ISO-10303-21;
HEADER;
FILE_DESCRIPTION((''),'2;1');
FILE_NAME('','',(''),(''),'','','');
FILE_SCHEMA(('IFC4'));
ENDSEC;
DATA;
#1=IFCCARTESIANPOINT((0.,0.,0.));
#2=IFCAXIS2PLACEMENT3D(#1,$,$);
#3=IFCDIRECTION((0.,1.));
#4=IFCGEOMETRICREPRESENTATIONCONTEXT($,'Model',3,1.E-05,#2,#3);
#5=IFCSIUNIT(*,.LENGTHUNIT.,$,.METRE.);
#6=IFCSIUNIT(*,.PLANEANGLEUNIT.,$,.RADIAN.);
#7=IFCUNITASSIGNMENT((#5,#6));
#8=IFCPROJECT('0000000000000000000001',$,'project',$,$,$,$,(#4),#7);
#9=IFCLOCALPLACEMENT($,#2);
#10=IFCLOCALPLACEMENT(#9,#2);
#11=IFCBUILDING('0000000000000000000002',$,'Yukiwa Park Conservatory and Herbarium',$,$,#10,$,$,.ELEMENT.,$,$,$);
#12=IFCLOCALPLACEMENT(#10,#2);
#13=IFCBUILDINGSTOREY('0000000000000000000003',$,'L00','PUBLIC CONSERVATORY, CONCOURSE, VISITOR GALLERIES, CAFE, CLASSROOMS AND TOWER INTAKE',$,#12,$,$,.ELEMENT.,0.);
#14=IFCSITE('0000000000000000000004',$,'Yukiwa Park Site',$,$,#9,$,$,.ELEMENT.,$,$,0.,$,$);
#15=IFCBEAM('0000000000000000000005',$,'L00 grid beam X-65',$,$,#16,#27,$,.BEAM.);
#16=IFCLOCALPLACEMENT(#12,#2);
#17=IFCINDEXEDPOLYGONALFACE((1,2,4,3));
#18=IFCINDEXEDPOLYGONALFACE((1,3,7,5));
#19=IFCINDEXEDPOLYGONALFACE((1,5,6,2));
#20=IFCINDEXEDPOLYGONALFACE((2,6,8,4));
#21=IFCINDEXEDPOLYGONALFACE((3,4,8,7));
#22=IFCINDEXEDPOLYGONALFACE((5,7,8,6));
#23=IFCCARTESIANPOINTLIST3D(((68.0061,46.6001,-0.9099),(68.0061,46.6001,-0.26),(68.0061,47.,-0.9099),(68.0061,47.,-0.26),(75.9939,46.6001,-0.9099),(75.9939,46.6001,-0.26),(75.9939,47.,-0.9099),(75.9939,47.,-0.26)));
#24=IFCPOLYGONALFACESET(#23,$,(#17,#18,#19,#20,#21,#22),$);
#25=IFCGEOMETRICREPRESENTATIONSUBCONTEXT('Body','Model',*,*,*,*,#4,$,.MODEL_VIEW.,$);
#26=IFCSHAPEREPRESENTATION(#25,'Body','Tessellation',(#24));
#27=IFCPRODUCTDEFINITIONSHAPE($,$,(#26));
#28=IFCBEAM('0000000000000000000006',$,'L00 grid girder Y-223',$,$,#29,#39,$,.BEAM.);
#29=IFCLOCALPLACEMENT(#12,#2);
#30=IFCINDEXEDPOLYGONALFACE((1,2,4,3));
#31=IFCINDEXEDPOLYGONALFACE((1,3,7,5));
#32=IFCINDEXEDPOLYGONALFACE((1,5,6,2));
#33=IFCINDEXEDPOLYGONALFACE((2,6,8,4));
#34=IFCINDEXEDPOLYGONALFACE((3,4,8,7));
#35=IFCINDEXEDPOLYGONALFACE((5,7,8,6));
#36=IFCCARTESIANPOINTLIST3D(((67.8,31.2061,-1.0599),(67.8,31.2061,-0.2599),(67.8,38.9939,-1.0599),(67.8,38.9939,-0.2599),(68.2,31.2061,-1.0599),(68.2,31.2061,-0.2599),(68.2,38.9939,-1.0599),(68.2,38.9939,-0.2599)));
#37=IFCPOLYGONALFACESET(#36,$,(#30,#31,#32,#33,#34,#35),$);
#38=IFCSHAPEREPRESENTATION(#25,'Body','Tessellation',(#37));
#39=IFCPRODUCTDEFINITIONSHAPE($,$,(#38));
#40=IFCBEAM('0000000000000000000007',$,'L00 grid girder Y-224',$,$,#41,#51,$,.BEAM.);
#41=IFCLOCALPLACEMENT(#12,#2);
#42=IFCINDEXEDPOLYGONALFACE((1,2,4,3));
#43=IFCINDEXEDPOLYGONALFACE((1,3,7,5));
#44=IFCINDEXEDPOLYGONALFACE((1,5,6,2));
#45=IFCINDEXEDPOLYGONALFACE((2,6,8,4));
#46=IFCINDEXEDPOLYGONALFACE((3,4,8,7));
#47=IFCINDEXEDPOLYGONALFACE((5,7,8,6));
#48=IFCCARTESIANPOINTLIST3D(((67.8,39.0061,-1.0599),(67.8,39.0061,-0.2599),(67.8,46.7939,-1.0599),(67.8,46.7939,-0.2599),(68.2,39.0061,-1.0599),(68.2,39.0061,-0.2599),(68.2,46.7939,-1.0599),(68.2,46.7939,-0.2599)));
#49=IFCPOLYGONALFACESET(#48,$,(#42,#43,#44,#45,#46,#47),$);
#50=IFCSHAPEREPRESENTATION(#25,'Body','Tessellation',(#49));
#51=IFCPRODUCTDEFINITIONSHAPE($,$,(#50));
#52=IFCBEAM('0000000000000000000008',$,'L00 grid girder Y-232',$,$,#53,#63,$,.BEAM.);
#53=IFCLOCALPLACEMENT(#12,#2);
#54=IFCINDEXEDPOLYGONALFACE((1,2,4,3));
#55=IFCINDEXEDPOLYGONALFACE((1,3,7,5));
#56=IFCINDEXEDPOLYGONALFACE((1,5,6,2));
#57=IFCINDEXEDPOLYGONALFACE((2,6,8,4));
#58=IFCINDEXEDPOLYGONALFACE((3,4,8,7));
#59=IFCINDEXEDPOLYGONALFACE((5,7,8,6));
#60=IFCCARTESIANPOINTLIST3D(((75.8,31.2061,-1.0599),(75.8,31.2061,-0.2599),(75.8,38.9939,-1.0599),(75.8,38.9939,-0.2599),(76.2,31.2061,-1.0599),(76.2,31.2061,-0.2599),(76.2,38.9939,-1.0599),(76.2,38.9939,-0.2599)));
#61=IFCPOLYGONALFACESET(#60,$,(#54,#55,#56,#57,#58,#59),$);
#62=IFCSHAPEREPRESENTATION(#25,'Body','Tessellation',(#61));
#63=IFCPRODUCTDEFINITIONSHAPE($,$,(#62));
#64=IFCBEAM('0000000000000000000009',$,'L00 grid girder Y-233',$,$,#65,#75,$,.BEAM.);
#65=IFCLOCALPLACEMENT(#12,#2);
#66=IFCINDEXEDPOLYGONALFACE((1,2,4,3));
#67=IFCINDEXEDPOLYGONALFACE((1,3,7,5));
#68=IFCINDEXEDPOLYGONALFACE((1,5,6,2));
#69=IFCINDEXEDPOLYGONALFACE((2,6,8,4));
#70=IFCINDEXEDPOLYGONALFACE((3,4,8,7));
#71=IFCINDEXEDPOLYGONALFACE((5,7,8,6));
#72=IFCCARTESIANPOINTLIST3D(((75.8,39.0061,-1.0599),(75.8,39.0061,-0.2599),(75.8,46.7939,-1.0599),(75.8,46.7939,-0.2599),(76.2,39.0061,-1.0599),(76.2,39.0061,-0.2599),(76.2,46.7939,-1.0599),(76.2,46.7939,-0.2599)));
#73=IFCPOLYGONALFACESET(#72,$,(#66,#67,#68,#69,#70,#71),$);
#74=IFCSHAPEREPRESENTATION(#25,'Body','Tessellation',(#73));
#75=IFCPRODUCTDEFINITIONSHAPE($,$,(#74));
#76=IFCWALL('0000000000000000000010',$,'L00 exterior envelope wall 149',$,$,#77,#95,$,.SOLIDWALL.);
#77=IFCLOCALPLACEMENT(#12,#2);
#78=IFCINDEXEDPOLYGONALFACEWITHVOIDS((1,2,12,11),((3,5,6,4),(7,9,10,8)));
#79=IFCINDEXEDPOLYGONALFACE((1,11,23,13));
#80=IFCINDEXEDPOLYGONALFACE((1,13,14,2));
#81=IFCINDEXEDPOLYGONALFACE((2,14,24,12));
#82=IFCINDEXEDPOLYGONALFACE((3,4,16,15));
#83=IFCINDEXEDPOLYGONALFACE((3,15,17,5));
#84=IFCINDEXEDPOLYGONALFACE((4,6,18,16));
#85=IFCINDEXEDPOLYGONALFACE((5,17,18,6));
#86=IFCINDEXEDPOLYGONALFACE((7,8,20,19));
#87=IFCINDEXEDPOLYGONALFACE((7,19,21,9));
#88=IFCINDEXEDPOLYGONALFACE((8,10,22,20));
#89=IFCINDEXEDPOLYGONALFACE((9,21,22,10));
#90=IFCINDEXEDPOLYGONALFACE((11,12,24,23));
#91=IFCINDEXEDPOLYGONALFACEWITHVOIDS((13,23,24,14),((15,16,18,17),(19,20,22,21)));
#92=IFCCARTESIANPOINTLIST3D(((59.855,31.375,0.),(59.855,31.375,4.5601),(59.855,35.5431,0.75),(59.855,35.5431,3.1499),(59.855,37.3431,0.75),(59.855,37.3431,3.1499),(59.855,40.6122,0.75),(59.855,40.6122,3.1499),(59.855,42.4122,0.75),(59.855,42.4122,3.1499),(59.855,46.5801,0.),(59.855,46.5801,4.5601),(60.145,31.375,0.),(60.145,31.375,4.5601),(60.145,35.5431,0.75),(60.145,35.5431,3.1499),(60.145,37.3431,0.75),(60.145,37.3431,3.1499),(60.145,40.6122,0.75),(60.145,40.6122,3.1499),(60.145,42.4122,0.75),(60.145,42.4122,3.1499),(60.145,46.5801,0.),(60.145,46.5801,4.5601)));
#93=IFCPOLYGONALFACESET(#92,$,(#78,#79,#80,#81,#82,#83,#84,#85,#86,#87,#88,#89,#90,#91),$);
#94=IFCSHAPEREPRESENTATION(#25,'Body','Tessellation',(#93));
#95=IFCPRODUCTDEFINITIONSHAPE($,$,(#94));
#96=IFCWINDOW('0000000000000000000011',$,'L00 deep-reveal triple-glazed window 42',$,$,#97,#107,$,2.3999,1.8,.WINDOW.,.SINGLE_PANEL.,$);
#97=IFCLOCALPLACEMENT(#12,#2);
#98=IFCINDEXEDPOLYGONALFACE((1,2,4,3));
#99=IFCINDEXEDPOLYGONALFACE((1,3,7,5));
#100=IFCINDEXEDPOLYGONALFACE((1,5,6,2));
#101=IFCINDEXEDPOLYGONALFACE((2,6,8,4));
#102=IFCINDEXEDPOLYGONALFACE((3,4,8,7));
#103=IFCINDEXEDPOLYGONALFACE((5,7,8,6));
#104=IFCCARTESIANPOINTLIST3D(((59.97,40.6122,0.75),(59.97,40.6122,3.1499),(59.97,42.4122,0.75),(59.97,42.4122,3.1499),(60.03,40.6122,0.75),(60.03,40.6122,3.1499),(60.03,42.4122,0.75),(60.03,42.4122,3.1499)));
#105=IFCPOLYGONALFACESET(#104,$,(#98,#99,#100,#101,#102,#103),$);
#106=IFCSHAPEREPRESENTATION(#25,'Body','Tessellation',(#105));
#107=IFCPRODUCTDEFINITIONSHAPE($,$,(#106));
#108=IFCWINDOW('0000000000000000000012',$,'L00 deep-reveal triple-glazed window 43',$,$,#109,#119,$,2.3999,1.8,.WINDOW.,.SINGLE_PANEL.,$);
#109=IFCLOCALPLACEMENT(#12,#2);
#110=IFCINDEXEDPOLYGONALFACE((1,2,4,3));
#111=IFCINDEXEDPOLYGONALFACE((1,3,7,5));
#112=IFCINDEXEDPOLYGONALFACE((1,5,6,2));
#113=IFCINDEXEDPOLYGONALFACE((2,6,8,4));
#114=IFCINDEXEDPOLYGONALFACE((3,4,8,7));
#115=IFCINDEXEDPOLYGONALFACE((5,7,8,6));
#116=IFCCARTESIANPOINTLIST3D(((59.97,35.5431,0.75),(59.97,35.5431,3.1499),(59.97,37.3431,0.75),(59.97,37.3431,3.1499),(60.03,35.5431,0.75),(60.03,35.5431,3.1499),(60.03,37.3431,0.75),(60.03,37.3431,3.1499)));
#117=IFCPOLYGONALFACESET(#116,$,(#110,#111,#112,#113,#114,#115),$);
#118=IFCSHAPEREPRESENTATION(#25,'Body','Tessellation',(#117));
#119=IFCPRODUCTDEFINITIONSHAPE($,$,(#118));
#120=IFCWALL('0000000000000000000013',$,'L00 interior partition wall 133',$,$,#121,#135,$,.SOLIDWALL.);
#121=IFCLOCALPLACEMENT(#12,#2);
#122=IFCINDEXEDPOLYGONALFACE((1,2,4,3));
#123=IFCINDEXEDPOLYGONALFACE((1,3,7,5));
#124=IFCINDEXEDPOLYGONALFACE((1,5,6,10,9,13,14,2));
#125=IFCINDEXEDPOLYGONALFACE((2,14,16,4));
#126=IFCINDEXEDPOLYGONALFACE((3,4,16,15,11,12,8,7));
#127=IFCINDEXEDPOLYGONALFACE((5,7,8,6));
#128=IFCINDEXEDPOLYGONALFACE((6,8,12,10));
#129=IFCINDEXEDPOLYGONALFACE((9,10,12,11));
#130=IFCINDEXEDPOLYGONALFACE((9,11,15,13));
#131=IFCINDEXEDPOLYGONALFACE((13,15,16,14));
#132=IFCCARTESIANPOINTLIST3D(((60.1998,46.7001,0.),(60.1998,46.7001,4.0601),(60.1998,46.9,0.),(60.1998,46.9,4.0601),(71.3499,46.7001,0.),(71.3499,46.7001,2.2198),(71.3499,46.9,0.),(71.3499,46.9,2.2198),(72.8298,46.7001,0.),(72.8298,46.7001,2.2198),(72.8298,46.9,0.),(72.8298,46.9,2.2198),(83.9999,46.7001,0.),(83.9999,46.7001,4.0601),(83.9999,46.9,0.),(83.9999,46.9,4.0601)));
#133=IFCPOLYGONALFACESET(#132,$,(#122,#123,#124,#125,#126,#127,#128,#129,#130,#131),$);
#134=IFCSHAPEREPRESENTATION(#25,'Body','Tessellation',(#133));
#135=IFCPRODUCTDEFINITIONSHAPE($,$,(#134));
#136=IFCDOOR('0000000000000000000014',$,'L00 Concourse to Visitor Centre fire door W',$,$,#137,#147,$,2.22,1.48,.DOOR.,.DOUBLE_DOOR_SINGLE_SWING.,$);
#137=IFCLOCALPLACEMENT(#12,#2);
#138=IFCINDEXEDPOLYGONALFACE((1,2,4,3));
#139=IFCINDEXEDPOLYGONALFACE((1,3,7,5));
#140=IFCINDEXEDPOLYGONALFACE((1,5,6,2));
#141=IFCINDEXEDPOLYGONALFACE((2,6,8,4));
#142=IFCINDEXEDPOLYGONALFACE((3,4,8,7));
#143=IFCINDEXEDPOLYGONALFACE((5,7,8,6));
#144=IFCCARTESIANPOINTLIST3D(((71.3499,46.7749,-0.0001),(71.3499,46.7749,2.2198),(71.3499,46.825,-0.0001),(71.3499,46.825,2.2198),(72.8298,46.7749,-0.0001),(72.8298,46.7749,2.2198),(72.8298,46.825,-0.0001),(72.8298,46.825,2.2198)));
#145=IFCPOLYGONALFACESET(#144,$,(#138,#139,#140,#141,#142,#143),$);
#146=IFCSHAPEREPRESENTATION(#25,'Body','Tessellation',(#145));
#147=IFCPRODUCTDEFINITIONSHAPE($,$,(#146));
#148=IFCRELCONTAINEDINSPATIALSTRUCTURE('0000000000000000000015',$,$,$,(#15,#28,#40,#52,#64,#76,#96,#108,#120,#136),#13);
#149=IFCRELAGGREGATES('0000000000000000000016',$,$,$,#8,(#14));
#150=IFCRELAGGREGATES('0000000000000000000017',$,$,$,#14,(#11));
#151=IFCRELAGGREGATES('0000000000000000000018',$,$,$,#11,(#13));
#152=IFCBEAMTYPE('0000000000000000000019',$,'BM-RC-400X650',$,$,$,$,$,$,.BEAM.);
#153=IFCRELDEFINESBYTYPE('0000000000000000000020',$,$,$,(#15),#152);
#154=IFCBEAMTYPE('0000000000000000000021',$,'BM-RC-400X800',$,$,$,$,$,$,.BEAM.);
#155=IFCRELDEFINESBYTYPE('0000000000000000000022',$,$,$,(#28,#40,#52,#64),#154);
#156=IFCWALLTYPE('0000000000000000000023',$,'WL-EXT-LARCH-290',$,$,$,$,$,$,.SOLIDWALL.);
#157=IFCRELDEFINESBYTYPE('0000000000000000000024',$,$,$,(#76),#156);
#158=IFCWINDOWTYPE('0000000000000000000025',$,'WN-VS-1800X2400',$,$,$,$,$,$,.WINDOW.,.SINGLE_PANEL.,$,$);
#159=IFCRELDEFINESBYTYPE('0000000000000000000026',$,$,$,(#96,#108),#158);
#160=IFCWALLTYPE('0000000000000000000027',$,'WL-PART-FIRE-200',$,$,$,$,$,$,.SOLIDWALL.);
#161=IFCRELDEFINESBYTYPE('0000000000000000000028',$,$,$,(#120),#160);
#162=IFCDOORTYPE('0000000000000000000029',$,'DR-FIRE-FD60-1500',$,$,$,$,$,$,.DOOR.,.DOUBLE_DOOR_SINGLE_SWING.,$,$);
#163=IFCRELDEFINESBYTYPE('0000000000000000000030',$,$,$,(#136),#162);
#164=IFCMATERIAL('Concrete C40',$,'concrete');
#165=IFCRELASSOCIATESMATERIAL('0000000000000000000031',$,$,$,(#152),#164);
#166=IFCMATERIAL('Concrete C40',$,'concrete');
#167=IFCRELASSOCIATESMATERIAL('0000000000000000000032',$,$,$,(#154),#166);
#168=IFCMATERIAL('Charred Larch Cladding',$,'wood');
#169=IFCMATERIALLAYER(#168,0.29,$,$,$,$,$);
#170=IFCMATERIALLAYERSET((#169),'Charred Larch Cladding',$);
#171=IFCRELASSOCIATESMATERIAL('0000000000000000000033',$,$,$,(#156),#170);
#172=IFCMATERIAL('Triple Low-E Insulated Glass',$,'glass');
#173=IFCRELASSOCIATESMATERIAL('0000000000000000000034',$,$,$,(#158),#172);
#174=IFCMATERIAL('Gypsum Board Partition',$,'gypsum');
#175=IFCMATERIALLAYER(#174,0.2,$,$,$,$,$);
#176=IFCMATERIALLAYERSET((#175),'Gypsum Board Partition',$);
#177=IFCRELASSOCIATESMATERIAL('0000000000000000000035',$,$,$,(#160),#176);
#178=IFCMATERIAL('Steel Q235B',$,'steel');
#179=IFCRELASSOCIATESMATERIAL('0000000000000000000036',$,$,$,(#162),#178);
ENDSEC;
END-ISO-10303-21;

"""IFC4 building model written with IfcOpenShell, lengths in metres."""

from ifc_helpers import new_model, si_unit, direction, frame, frame_2d, origin, origin_2d, place, context, subcontext, project, spatial, rectangle, extrude, material, layer, layer_set, material_profile, profile_set, type_object, element, fill, save


model = new_model("IFC4")

# Units and contexts
model_context = context("Model", 3, precision=1e-05, world=origin(), true_north=direction((0.0, 1.0)))
body_context = subcontext(model_context, "Body", "Model", "MODEL_VIEW")
ifc_project = project(units=[si_unit("LENGTHUNIT", "METRE"), si_unit("PLANEANGLEUNIT", "RADIAN")], contexts=[model_context])

# Site, building, storey
site_placement = place(None, origin())
site = spatial("IfcSite", under=ifc_project, at=site_placement, Name="Yukiwa Park Site", CompositionType="ELEMENT", RefElevation=0.0)
building_placement = place(site_placement, origin())
building = spatial("IfcBuilding", under=site, at=building_placement, Name="Yukiwa Park Conservatory and Herbarium", CompositionType="ELEMENT")
storey_placement = place(building_placement, origin())
storey = spatial("IfcBuildingStorey", under=building, at=storey_placement, Name="L00", Description="PUBLIC CONSERVATORY, CONCOURSE, VISITOR GALLERIES, CAFE, CLASSROOMS AND TOWER INTAKE", CompositionType="ELEMENT", Elevation=0.0)

# Beams
ifc_material_1 = material(Name="Concrete C40", Category="concrete")
ifc_material_profile_1 = material_profile(ifc_material_1, rectangle(XDim=0.3999, YDim=0.6499, at=origin_2d()), Name="RC 400x650")
ifc_profile_set_1 = profile_set([ifc_material_profile_1], Name="Concrete C40")
beam_type_1 = type_object("IfcBeamType", Name="BM-RC-400X650", PredefinedType="BEAM", material=ifc_profile_set_1)
for number, where, z_axis, x_axis, name in (
    (1, (68.0061, 46.8, -0.585), (1.0, 0.0, 0.0), (0.0, 1.0, 0.0), "L00 grid beam X-65"),
):
    element("IfcBeam", number, at=place(storey_placement, frame(where, z_axis=z_axis, x_axis=x_axis)), inside=storey, type_object=beam_type_1, Name=name, PredefinedType="BEAM", context=body_context, shape_type="SweptSolid", body=[
        extrude(rectangle(XDim=0.3999, YDim=0.6499, at=origin_2d()), origin(), (0.0, 0.0, 1.0), 7.9878),
    ])
ifc_material_2 = material(Name="Concrete C40", Category="concrete")
ifc_material_profile_2 = material_profile(ifc_material_2, rectangle(XDim=0.3999, YDim=0.8, at=origin_2d()), Name="RC 400x800")
ifc_profile_set_2 = profile_set([ifc_material_profile_2], Name="Concrete C40")
beam_type_2 = type_object("IfcBeamType", Name="BM-RC-400X800", PredefinedType="BEAM", material=ifc_profile_set_2)
for number, where, z_axis, x_axis, name in (
    (2, (68.0, 31.2061, -0.6599), (0.0, 1.0, 0.0), (-1.0, 0.0, 0.0), "L00 grid girder Y-223"),
    (3, (68.0, 39.0061, -0.6599), (0.0, 1.0, 0.0), (-1.0, 0.0, 0.0), "L00 grid girder Y-224"),
    (4, (76.0, 31.2061, -0.6599), (0.0, 1.0, 0.0), (-1.0, 0.0, 0.0), "L00 grid girder Y-232"),
    (5, (76.0, 39.0061, -0.6599), (0.0, 1.0, 0.0), (-1.0, 0.0, 0.0), "L00 grid girder Y-233"),
):
    element("IfcBeam", number, at=place(storey_placement, frame(where, z_axis=z_axis, x_axis=x_axis)), inside=storey, type_object=beam_type_2, Name=name, PredefinedType="BEAM", context=body_context, shape_type="SweptSolid", body=[
        extrude(rectangle(XDim=0.3999, YDim=0.8, at=origin_2d()), origin(), (0.0, 0.0, 1.0), 7.7878),
    ])

# Wall, openings, windows
ifc_material_3 = material(Name="Charred Larch Cladding", Category="wood")
ifc_layer_1 = layer(ifc_material_3, 0.29)
ifc_layer_set_1 = layer_set([ifc_layer_1], Name="Charred Larch Cladding")
wall_type_1 = type_object("IfcWallType", Name="WL-EXT-LARCH-290", PredefinedType="SOLIDWALL", material=ifc_layer_set_1)
wall_1_placement = place(storey_placement, frame((60.0, 46.5801, 0.0), z_axis=(0.0, 0.0, 1.0), x_axis=(0.0, -1.0, 0.0)))
wall_1 = element("IfcWall", 6, at=wall_1_placement, inside=storey, type_object=wall_type_1, Name="L00 exterior envelope wall 149", PredefinedType="SOLIDWALL", context=body_context, shape_type="SweptSolid", body=[
    extrude(rectangle(XDim=15.2051, YDim=0.29, at=frame_2d((7.6025, 0.0))), origin(), (0.0, 0.0, 1.0), 4.5601),
])
opening_1_placement = place(wall_1_placement, frame((4.168, 0.0, 0.75)))
opening_1 = element("IfcOpeningElement", 7, at=opening_1_placement, cuts=wall_1, PredefinedType="OPENING", context=body_context, shape_type="SweptSolid", body=[
    extrude(rectangle(XDim=1.8, YDim=2.3999, at=frame_2d((0.8999, 1.2))), frame((0.0, 0.155, 0.0), z_axis=(0.0, -1.0, 0.0), x_axis=(1.0, 0.0, 0.0)), (0.0, 0.0, 1.0), 0.3101),
])
opening_2_placement = place(wall_1_placement, frame((9.2371, 0.0, 0.75)))
opening_2 = element("IfcOpeningElement", 8, at=opening_2_placement, cuts=wall_1, PredefinedType="OPENING", context=body_context, shape_type="SweptSolid", body=[
    extrude(rectangle(XDim=1.8, YDim=2.3999, at=frame_2d((0.8999, 1.2))), frame((0.0, 0.155, 0.0), z_axis=(0.0, -1.0, 0.0), x_axis=(1.0, 0.0, 0.0)), (0.0, 0.0, 1.0), 0.3101),
])
ifc_material_4 = material(Name="Triple Low-E Insulated Glass", Category="glass")
window_type = type_object("IfcWindowType", Name="WN-VS-1800X2400", PartitioningType="SINGLE_PANEL", PredefinedType="WINDOW", material=ifc_material_4)
window_1_placement = place(opening_1_placement, origin())
window_1 = element("IfcWindow", 9, at=window_1_placement, inside=storey, type_object=window_type, Name="L00 deep-reveal triple-glazed window 42", OverallHeight=2.3999, OverallWidth=1.8, PartitioningType="SINGLE_PANEL", PredefinedType="WINDOW", context=body_context, shape_type="SweptSolid", body=[
    extrude(rectangle(XDim=1.8, YDim=2.3999, at=frame_2d((0.8999, 1.2))), frame((0.0, 0.03, 0.0), z_axis=(0.0, -1.0, 0.0), x_axis=(1.0, 0.0, 0.0)), (0.0, 0.0, 1.0), 0.0601),
])
fill(opening_1, window_1)
window_2_placement = place(opening_2_placement, origin())
window_2 = element("IfcWindow", 10, at=window_2_placement, inside=storey, type_object=window_type, Name="L00 deep-reveal triple-glazed window 43", OverallHeight=2.3999, OverallWidth=1.8, PartitioningType="SINGLE_PANEL", PredefinedType="WINDOW", context=body_context, shape_type="SweptSolid", body=[
    extrude(rectangle(XDim=1.8, YDim=2.3999, at=frame_2d((0.8999, 1.2))), frame((0.0, 0.03, 0.0), z_axis=(0.0, -1.0, 0.0), x_axis=(1.0, 0.0, 0.0)), (0.0, 0.0, 1.0), 0.0601),
])
fill(opening_2, window_2)

# Wall, opening, door
ifc_material_5 = material(Name="Gypsum Board Partition", Category="gypsum")
ifc_layer_2 = layer(ifc_material_5, 0.2)
ifc_layer_set_2 = layer_set([ifc_layer_2], Name="Gypsum Board Partition")
wall_type_2 = type_object("IfcWallType", Name="WL-PART-FIRE-200", PredefinedType="SOLIDWALL", material=ifc_layer_set_2)
wall_2_placement = place(storey_placement, frame((60.2, 46.8, 0.0), z_axis=(0.0, 0.0, 1.0), x_axis=(1.0, 0.0, 0.0)))
wall_2 = element("IfcWall", 11, at=wall_2_placement, inside=storey, type_object=wall_type_2, Name="L00 interior partition wall 133", PredefinedType="SOLIDWALL", context=body_context, shape_type="SweptSolid", body=[
    extrude(rectangle(XDim=23.8, YDim=0.2, at=frame_2d((11.8999, 0.0))), origin(), (0.0, 0.0, 1.0), 4.0601),
])
opening_3_placement = place(wall_2_placement, frame((11.1499, 0.0, 0.0)))
opening_3 = element("IfcOpeningElement", 12, at=opening_3_placement, cuts=wall_2, PredefinedType="OPENING", context=body_context, shape_type="SweptSolid", body=[
    extrude(rectangle(XDim=1.48, YDim=2.22, at=frame_2d((0.74, 1.1099))), frame((0.0, 0.1099, 0.0), z_axis=(0.0, -1.0, 0.0), x_axis=(1.0, 0.0, 0.0)), (0.0, 0.0, 1.0), 0.22),
])
ifc_material_6 = material(Name="Steel Q235B", Category="steel")
door_type = type_object("IfcDoorType", Name="DR-FIRE-FD60-1500", OperationType="DOUBLE_DOOR_SINGLE_SWING", PredefinedType="DOOR", material=ifc_material_6)
door_placement = place(opening_3_placement, origin())
door = element("IfcDoor", 13, at=door_placement, inside=storey, type_object=door_type, Name="L00 Concourse to Visitor Centre fire door W", OperationType="DOUBLE_DOOR_SINGLE_SWING", OverallHeight=2.22, OverallWidth=1.48, PredefinedType="DOOR", context=body_context, shape_type="SweptSolid", body=[
    extrude(rectangle(XDim=1.48, YDim=2.22, at=frame_2d((0.74, 1.1099))), frame((0.0, 0.0249, 0.0), z_axis=(0.0, -1.0, 0.0), x_axis=(1.0, 0.0, 0.0)), (0.0, 0.0, 1.0), 0.05),
])
fill(opening_3, door)

save(model, "model.ifc")
